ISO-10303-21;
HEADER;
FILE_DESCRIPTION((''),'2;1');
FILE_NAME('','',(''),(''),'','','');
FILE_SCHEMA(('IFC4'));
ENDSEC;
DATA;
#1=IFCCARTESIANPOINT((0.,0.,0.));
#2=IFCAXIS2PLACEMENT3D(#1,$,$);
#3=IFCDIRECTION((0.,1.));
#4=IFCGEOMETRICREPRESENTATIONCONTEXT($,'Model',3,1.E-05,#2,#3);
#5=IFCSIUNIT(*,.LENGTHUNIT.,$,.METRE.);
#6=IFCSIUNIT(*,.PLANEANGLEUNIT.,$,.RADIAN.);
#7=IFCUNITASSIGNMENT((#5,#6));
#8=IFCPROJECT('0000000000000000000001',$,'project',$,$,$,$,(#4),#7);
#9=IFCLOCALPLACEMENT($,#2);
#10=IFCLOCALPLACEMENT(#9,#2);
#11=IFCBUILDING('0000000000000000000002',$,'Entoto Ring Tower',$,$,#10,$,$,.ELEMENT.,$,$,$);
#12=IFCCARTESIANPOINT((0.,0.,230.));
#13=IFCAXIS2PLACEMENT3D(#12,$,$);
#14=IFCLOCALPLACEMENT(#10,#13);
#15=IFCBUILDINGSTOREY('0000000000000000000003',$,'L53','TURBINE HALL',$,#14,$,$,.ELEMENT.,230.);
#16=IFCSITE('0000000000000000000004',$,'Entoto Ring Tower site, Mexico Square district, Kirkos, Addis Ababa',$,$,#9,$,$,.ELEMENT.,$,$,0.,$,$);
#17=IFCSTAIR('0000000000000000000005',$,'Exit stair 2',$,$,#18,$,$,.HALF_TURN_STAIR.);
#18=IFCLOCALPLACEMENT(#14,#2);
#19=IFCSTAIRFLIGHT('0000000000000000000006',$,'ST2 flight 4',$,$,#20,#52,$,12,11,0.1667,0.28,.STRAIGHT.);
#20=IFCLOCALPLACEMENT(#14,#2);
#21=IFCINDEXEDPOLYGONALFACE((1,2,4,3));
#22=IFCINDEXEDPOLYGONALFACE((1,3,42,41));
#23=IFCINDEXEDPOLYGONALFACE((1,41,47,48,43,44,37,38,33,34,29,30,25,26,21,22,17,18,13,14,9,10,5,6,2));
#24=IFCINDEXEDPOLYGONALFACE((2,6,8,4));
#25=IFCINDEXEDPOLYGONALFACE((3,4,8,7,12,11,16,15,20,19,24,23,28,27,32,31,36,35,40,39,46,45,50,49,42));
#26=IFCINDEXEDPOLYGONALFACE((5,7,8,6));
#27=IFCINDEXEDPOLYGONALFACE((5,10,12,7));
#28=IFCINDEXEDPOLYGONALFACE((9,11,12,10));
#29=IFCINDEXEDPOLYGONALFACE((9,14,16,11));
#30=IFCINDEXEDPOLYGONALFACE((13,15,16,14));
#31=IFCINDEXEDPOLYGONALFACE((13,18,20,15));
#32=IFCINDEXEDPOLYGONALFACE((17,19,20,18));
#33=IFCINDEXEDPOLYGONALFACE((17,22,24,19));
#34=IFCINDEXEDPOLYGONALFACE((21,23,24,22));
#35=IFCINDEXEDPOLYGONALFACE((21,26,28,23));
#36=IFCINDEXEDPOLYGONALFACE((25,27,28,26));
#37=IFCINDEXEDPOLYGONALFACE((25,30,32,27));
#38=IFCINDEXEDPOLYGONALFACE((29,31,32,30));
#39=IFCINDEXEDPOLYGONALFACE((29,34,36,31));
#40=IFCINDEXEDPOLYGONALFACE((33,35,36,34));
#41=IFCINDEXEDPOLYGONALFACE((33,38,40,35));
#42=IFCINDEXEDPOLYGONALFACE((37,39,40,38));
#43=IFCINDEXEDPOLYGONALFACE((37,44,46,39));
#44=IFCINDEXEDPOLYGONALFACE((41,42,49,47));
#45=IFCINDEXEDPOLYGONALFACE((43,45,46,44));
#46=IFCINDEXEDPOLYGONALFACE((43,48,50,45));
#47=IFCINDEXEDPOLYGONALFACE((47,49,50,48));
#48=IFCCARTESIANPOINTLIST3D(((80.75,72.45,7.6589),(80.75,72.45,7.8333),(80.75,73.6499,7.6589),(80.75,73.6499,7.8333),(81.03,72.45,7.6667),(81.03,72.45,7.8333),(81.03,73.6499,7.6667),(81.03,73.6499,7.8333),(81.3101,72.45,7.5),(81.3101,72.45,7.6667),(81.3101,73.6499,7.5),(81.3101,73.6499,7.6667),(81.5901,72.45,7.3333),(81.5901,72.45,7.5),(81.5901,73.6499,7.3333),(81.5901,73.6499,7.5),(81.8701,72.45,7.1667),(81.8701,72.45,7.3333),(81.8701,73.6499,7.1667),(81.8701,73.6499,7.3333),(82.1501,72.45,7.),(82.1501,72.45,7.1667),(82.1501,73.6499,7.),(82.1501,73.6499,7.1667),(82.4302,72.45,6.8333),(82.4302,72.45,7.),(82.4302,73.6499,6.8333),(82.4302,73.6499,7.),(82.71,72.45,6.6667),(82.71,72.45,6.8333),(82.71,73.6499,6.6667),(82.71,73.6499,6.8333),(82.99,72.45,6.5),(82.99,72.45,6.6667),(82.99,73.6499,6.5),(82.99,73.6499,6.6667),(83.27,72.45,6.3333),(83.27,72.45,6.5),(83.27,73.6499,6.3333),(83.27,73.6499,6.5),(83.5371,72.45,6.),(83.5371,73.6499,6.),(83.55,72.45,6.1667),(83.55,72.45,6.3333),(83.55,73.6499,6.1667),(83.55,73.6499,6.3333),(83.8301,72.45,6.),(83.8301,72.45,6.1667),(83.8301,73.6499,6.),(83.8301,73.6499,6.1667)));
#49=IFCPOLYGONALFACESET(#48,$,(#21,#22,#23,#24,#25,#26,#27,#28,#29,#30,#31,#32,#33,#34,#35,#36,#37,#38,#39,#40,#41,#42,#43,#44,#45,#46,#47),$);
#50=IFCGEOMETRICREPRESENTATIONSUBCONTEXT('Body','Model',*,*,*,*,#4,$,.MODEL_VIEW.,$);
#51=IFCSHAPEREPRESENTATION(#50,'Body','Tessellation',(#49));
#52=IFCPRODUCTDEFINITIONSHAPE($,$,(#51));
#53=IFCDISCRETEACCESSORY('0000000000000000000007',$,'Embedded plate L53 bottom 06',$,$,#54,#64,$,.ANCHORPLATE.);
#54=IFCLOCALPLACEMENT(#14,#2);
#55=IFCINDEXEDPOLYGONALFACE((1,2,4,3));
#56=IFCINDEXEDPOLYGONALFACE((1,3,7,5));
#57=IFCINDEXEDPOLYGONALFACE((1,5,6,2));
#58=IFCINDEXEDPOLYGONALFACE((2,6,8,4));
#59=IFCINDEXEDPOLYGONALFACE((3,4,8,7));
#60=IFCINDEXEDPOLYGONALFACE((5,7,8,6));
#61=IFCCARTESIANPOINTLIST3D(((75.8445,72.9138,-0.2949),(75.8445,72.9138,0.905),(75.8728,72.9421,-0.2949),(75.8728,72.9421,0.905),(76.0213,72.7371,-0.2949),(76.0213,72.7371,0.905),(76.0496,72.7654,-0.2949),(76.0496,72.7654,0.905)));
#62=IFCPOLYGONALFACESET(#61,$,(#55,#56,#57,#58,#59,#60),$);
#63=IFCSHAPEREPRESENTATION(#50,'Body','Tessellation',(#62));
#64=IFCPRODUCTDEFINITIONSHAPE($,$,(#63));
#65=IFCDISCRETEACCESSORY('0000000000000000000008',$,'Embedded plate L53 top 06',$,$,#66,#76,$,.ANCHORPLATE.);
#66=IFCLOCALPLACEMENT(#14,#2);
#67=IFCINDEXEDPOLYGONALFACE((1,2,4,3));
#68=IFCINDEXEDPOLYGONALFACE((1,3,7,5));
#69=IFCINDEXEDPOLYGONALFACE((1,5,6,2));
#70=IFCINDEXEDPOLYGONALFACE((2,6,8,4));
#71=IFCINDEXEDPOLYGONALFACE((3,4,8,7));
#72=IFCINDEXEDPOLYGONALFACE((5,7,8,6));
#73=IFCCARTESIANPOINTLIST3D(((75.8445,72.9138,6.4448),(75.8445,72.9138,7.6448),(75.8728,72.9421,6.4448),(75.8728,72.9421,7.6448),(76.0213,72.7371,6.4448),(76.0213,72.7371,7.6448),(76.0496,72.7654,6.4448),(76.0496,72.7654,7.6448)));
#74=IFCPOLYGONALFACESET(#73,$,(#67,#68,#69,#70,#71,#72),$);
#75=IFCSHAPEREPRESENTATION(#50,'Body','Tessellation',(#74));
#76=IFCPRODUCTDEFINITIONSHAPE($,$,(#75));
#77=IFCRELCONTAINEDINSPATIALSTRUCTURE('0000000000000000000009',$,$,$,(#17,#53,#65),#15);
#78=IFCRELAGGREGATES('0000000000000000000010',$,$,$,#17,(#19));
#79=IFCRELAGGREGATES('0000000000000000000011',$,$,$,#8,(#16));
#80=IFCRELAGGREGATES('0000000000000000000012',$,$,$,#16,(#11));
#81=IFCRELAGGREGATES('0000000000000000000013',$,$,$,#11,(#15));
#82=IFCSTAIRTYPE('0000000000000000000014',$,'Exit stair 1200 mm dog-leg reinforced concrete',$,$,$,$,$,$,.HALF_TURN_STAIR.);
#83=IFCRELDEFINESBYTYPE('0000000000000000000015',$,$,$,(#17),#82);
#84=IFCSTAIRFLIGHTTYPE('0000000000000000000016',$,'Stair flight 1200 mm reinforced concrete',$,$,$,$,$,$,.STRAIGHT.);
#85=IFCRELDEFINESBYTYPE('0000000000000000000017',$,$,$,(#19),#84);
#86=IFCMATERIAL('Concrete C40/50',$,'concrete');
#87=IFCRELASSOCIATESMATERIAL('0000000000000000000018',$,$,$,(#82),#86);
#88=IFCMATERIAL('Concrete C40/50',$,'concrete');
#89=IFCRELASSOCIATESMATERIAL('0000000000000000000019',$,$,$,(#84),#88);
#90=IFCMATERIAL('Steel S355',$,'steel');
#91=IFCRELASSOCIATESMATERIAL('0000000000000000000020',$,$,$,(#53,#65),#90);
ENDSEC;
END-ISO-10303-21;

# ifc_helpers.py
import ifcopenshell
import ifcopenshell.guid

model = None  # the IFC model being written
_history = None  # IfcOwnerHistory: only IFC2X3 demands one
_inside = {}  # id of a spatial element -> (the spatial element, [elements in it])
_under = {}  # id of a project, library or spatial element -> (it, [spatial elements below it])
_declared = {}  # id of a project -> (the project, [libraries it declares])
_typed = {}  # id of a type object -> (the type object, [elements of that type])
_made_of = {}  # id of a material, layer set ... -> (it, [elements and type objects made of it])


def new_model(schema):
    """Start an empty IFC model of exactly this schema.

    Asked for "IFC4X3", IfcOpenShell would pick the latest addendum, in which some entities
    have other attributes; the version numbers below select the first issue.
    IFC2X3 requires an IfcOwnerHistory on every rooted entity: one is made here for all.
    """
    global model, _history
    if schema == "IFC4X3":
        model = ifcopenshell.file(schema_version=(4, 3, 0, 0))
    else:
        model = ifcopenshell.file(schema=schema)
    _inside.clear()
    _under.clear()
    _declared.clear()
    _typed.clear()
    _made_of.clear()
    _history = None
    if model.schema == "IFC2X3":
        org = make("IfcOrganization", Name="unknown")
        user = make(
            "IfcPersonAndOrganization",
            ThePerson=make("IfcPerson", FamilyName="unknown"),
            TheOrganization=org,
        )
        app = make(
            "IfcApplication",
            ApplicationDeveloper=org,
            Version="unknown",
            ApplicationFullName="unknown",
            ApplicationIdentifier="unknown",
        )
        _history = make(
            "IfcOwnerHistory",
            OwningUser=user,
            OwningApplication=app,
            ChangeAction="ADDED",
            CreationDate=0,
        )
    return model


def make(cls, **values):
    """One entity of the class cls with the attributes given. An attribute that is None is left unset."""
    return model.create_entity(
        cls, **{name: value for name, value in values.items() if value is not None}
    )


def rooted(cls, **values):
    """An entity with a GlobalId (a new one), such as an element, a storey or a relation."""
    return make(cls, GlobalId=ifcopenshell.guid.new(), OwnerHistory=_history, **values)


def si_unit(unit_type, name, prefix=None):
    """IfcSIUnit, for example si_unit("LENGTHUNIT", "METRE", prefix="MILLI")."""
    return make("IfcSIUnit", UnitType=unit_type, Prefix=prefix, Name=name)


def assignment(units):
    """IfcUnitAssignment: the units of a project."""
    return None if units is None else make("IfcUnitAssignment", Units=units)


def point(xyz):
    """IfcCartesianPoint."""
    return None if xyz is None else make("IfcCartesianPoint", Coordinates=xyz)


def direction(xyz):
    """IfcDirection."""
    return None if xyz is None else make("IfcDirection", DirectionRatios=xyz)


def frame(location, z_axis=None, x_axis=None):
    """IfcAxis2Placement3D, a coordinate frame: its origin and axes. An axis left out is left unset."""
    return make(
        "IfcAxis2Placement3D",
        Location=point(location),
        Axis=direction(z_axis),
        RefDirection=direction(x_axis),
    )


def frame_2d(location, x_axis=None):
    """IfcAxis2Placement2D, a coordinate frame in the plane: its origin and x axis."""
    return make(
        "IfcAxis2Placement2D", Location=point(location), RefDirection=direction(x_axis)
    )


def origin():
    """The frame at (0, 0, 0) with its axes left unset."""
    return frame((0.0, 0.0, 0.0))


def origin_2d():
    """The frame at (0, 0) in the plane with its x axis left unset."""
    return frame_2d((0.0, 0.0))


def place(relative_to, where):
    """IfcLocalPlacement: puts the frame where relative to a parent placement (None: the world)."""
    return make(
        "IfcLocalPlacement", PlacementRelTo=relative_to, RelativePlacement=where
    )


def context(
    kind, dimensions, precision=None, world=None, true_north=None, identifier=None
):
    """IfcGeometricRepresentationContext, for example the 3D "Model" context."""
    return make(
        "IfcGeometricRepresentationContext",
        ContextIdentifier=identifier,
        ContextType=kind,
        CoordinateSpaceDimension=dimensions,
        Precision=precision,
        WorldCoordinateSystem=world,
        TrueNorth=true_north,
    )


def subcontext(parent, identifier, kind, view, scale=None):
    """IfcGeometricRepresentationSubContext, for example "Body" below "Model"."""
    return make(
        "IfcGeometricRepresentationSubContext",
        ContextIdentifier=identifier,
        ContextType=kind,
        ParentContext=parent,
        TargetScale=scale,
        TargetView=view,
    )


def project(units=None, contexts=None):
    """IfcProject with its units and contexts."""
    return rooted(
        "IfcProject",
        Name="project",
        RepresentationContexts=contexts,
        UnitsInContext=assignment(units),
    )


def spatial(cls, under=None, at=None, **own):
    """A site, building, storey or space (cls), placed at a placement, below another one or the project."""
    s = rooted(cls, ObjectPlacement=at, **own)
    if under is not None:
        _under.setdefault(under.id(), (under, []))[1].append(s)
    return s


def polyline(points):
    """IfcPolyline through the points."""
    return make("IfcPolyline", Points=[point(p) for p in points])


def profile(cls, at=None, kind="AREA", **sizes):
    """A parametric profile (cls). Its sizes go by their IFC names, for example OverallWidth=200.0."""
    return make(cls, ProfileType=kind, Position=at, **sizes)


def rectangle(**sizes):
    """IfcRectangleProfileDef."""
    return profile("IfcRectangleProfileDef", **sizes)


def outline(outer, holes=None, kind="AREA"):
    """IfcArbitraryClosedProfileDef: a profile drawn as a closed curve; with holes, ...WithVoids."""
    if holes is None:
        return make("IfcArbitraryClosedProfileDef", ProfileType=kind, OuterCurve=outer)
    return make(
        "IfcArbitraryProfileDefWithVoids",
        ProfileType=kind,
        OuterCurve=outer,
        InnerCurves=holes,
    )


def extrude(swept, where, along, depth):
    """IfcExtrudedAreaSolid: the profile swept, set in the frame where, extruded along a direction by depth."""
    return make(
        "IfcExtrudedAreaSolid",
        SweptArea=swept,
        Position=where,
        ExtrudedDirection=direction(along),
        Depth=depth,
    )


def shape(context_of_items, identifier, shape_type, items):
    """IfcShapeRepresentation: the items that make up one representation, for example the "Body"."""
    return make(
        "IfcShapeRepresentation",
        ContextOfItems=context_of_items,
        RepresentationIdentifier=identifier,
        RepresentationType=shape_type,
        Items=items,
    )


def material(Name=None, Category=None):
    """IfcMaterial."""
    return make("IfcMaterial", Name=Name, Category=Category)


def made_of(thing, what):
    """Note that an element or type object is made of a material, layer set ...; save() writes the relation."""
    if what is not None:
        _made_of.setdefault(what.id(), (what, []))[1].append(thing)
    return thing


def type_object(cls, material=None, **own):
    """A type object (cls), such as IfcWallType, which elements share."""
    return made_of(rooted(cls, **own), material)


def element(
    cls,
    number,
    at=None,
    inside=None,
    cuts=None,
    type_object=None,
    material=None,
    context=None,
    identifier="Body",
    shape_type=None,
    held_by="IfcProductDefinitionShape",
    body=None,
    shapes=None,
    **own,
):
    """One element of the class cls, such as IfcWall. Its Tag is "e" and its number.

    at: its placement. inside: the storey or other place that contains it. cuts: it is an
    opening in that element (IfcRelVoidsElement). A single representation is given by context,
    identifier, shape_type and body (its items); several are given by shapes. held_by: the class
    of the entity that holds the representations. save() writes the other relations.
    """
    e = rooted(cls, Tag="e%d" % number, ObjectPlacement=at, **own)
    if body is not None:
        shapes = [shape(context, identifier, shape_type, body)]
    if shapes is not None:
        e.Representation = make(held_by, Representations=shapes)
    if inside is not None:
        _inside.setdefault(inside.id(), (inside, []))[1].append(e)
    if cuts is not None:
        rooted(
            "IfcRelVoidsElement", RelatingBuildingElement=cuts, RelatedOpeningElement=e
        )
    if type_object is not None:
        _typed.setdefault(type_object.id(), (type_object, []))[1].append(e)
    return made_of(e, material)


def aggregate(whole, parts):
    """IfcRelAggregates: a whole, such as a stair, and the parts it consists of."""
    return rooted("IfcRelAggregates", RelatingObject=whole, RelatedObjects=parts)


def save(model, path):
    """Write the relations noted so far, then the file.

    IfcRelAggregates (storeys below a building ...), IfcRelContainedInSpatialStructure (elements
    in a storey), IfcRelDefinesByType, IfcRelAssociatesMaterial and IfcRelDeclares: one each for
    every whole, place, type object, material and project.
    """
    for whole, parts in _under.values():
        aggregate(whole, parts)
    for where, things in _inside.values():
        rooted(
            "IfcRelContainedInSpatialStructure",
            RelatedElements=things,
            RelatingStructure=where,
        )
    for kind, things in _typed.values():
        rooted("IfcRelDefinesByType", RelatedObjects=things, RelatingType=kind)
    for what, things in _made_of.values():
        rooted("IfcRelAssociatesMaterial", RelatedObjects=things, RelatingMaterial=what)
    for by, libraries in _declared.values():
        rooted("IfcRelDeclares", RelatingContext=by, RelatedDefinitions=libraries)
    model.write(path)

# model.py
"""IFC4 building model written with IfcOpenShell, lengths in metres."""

from ifc_helpers import new_model, si_unit, direction, frame, origin, origin_2d, place, context, subcontext, project, spatial, polyline, rectangle, outline, extrude, material, type_object, element, aggregate, save


model = new_model("IFC4")

# Units and contexts
model_context = context("Model", 3, precision=1e-05, world=origin(), true_north=direction((0.0, 1.0)))
body_context = subcontext(model_context, "Body", "Model", "MODEL_VIEW")
ifc_project = project(units=[si_unit("LENGTHUNIT", "METRE"), si_unit("PLANEANGLEUNIT", "RADIAN")], contexts=[model_context])

# Site, building, storey
site_placement = place(None, origin())
site = spatial("IfcSite", under=ifc_project, at=site_placement, Name="Entoto Ring Tower site, Mexico Square district, Kirkos, Addis Ababa", CompositionType="ELEMENT", RefElevation=0.0)
building_placement = place(site_placement, origin())
building = spatial("IfcBuilding", under=site, at=building_placement, Name="Entoto Ring Tower", CompositionType="ELEMENT")
storey_placement = place(building_placement, frame((0.0, 0.0, 230.0)))
storey = spatial("IfcBuildingStorey", under=building, at=storey_placement, Name="L53", Description="TURBINE HALL", CompositionType="ELEMENT", Elevation=230.0)

# Stair, stair flight
ifc_material_1 = material(Name="Concrete C40/50", Category="concrete")
stair_type = type_object("IfcStairType", Name="Exit stair 1200 mm dog-leg reinforced concrete", PredefinedType="HALF_TURN_STAIR", material=ifc_material_1)
stair_placement = place(storey_placement, origin())
stair = element("IfcStair", 1, at=stair_placement, inside=storey, type_object=stair_type, Name="Exit stair 2", PredefinedType="HALF_TURN_STAIR")
ifc_material_2 = material(Name="Concrete C40/50", Category="concrete")
stair_flight_type = type_object("IfcStairFlightType", Name="Stair flight 1200 mm reinforced concrete", PredefinedType="STRAIGHT", material=ifc_material_2)
stair_flight_1_placement = place(storey_placement, frame((83.8301, 73.05, 6.0), z_axis=(0.0, 0.0, 1.0), x_axis=(-1.0, 0.0, 0.0)))
stair_flight_1 = element("IfcStairFlight", 2, at=stair_flight_1_placement, type_object=stair_flight_type, Name="ST2 flight 4", NumberOfRisers=12, NumberOfTreads=11, PredefinedType="STRAIGHT", RiserHeight=0.1667, TreadLength=0.28, context=body_context, shape_type="SweptSolid", body=[
    extrude(outline(polyline([(0.0, 0.0), (0.0, 0.1667), (0.28, 0.1667), (0.28, 0.3333), (0.5601, 0.3333), (0.5601, 0.5), (0.8401, 0.5), (0.8401, 0.6667), (1.1201, 0.6667), (1.1201, 0.8333), (1.3999, 0.8333), (1.3999, 1.0), (1.6799, 1.0), (1.6799, 1.1667), (1.96, 1.1667), (1.96, 1.3333), (2.24, 1.3333), (2.24, 1.5), (2.52, 1.5), (2.52, 1.6667), (2.8, 1.6667), (2.8, 1.8333), (3.0801, 1.8333), (3.0801, 2.0), (3.0801, 1.6589), (0.293, 0.0), (0.0, 0.0)])), frame((0.0, 0.6001, 0.0), z_axis=(0.0, -1.0, 0.0), x_axis=(1.0, 0.0, 0.0)), (0.0, 0.0, 1.0), 1.2),
])
aggregate(stair, [stair_flight_1])

# Discrete accessories
ifc_material_3 = material(Name="Steel S355", Category="steel")
for number, where, z_axis, x_axis, name in (
    (3, (75.947, 72.8396, -0.2949), (0.0, 0.0, 1.0), (-0.707107, -0.707107, 0.0), "Embedded plate L53 bottom 06"),
    (4, (75.947, 72.8396, 6.4448), (0.0, 0.0, 1.0), (-0.707107, -0.707107, 0.0), "Embedded plate L53 top 06"),
):
    element("IfcDiscreteAccessory", number, at=place(storey_placement, frame(where, z_axis=z_axis, x_axis=x_axis)), inside=storey, material=ifc_material_3, Name=name, PredefinedType="ANCHORPLATE", context=body_context, shape_type="SweptSolid", body=[
        extrude(rectangle(XDim=0.04, YDim=0.25, at=origin_2d()), origin(), (0.0, 0.0, 1.0), 1.2),
    ])

save(model, "model.ifc")
